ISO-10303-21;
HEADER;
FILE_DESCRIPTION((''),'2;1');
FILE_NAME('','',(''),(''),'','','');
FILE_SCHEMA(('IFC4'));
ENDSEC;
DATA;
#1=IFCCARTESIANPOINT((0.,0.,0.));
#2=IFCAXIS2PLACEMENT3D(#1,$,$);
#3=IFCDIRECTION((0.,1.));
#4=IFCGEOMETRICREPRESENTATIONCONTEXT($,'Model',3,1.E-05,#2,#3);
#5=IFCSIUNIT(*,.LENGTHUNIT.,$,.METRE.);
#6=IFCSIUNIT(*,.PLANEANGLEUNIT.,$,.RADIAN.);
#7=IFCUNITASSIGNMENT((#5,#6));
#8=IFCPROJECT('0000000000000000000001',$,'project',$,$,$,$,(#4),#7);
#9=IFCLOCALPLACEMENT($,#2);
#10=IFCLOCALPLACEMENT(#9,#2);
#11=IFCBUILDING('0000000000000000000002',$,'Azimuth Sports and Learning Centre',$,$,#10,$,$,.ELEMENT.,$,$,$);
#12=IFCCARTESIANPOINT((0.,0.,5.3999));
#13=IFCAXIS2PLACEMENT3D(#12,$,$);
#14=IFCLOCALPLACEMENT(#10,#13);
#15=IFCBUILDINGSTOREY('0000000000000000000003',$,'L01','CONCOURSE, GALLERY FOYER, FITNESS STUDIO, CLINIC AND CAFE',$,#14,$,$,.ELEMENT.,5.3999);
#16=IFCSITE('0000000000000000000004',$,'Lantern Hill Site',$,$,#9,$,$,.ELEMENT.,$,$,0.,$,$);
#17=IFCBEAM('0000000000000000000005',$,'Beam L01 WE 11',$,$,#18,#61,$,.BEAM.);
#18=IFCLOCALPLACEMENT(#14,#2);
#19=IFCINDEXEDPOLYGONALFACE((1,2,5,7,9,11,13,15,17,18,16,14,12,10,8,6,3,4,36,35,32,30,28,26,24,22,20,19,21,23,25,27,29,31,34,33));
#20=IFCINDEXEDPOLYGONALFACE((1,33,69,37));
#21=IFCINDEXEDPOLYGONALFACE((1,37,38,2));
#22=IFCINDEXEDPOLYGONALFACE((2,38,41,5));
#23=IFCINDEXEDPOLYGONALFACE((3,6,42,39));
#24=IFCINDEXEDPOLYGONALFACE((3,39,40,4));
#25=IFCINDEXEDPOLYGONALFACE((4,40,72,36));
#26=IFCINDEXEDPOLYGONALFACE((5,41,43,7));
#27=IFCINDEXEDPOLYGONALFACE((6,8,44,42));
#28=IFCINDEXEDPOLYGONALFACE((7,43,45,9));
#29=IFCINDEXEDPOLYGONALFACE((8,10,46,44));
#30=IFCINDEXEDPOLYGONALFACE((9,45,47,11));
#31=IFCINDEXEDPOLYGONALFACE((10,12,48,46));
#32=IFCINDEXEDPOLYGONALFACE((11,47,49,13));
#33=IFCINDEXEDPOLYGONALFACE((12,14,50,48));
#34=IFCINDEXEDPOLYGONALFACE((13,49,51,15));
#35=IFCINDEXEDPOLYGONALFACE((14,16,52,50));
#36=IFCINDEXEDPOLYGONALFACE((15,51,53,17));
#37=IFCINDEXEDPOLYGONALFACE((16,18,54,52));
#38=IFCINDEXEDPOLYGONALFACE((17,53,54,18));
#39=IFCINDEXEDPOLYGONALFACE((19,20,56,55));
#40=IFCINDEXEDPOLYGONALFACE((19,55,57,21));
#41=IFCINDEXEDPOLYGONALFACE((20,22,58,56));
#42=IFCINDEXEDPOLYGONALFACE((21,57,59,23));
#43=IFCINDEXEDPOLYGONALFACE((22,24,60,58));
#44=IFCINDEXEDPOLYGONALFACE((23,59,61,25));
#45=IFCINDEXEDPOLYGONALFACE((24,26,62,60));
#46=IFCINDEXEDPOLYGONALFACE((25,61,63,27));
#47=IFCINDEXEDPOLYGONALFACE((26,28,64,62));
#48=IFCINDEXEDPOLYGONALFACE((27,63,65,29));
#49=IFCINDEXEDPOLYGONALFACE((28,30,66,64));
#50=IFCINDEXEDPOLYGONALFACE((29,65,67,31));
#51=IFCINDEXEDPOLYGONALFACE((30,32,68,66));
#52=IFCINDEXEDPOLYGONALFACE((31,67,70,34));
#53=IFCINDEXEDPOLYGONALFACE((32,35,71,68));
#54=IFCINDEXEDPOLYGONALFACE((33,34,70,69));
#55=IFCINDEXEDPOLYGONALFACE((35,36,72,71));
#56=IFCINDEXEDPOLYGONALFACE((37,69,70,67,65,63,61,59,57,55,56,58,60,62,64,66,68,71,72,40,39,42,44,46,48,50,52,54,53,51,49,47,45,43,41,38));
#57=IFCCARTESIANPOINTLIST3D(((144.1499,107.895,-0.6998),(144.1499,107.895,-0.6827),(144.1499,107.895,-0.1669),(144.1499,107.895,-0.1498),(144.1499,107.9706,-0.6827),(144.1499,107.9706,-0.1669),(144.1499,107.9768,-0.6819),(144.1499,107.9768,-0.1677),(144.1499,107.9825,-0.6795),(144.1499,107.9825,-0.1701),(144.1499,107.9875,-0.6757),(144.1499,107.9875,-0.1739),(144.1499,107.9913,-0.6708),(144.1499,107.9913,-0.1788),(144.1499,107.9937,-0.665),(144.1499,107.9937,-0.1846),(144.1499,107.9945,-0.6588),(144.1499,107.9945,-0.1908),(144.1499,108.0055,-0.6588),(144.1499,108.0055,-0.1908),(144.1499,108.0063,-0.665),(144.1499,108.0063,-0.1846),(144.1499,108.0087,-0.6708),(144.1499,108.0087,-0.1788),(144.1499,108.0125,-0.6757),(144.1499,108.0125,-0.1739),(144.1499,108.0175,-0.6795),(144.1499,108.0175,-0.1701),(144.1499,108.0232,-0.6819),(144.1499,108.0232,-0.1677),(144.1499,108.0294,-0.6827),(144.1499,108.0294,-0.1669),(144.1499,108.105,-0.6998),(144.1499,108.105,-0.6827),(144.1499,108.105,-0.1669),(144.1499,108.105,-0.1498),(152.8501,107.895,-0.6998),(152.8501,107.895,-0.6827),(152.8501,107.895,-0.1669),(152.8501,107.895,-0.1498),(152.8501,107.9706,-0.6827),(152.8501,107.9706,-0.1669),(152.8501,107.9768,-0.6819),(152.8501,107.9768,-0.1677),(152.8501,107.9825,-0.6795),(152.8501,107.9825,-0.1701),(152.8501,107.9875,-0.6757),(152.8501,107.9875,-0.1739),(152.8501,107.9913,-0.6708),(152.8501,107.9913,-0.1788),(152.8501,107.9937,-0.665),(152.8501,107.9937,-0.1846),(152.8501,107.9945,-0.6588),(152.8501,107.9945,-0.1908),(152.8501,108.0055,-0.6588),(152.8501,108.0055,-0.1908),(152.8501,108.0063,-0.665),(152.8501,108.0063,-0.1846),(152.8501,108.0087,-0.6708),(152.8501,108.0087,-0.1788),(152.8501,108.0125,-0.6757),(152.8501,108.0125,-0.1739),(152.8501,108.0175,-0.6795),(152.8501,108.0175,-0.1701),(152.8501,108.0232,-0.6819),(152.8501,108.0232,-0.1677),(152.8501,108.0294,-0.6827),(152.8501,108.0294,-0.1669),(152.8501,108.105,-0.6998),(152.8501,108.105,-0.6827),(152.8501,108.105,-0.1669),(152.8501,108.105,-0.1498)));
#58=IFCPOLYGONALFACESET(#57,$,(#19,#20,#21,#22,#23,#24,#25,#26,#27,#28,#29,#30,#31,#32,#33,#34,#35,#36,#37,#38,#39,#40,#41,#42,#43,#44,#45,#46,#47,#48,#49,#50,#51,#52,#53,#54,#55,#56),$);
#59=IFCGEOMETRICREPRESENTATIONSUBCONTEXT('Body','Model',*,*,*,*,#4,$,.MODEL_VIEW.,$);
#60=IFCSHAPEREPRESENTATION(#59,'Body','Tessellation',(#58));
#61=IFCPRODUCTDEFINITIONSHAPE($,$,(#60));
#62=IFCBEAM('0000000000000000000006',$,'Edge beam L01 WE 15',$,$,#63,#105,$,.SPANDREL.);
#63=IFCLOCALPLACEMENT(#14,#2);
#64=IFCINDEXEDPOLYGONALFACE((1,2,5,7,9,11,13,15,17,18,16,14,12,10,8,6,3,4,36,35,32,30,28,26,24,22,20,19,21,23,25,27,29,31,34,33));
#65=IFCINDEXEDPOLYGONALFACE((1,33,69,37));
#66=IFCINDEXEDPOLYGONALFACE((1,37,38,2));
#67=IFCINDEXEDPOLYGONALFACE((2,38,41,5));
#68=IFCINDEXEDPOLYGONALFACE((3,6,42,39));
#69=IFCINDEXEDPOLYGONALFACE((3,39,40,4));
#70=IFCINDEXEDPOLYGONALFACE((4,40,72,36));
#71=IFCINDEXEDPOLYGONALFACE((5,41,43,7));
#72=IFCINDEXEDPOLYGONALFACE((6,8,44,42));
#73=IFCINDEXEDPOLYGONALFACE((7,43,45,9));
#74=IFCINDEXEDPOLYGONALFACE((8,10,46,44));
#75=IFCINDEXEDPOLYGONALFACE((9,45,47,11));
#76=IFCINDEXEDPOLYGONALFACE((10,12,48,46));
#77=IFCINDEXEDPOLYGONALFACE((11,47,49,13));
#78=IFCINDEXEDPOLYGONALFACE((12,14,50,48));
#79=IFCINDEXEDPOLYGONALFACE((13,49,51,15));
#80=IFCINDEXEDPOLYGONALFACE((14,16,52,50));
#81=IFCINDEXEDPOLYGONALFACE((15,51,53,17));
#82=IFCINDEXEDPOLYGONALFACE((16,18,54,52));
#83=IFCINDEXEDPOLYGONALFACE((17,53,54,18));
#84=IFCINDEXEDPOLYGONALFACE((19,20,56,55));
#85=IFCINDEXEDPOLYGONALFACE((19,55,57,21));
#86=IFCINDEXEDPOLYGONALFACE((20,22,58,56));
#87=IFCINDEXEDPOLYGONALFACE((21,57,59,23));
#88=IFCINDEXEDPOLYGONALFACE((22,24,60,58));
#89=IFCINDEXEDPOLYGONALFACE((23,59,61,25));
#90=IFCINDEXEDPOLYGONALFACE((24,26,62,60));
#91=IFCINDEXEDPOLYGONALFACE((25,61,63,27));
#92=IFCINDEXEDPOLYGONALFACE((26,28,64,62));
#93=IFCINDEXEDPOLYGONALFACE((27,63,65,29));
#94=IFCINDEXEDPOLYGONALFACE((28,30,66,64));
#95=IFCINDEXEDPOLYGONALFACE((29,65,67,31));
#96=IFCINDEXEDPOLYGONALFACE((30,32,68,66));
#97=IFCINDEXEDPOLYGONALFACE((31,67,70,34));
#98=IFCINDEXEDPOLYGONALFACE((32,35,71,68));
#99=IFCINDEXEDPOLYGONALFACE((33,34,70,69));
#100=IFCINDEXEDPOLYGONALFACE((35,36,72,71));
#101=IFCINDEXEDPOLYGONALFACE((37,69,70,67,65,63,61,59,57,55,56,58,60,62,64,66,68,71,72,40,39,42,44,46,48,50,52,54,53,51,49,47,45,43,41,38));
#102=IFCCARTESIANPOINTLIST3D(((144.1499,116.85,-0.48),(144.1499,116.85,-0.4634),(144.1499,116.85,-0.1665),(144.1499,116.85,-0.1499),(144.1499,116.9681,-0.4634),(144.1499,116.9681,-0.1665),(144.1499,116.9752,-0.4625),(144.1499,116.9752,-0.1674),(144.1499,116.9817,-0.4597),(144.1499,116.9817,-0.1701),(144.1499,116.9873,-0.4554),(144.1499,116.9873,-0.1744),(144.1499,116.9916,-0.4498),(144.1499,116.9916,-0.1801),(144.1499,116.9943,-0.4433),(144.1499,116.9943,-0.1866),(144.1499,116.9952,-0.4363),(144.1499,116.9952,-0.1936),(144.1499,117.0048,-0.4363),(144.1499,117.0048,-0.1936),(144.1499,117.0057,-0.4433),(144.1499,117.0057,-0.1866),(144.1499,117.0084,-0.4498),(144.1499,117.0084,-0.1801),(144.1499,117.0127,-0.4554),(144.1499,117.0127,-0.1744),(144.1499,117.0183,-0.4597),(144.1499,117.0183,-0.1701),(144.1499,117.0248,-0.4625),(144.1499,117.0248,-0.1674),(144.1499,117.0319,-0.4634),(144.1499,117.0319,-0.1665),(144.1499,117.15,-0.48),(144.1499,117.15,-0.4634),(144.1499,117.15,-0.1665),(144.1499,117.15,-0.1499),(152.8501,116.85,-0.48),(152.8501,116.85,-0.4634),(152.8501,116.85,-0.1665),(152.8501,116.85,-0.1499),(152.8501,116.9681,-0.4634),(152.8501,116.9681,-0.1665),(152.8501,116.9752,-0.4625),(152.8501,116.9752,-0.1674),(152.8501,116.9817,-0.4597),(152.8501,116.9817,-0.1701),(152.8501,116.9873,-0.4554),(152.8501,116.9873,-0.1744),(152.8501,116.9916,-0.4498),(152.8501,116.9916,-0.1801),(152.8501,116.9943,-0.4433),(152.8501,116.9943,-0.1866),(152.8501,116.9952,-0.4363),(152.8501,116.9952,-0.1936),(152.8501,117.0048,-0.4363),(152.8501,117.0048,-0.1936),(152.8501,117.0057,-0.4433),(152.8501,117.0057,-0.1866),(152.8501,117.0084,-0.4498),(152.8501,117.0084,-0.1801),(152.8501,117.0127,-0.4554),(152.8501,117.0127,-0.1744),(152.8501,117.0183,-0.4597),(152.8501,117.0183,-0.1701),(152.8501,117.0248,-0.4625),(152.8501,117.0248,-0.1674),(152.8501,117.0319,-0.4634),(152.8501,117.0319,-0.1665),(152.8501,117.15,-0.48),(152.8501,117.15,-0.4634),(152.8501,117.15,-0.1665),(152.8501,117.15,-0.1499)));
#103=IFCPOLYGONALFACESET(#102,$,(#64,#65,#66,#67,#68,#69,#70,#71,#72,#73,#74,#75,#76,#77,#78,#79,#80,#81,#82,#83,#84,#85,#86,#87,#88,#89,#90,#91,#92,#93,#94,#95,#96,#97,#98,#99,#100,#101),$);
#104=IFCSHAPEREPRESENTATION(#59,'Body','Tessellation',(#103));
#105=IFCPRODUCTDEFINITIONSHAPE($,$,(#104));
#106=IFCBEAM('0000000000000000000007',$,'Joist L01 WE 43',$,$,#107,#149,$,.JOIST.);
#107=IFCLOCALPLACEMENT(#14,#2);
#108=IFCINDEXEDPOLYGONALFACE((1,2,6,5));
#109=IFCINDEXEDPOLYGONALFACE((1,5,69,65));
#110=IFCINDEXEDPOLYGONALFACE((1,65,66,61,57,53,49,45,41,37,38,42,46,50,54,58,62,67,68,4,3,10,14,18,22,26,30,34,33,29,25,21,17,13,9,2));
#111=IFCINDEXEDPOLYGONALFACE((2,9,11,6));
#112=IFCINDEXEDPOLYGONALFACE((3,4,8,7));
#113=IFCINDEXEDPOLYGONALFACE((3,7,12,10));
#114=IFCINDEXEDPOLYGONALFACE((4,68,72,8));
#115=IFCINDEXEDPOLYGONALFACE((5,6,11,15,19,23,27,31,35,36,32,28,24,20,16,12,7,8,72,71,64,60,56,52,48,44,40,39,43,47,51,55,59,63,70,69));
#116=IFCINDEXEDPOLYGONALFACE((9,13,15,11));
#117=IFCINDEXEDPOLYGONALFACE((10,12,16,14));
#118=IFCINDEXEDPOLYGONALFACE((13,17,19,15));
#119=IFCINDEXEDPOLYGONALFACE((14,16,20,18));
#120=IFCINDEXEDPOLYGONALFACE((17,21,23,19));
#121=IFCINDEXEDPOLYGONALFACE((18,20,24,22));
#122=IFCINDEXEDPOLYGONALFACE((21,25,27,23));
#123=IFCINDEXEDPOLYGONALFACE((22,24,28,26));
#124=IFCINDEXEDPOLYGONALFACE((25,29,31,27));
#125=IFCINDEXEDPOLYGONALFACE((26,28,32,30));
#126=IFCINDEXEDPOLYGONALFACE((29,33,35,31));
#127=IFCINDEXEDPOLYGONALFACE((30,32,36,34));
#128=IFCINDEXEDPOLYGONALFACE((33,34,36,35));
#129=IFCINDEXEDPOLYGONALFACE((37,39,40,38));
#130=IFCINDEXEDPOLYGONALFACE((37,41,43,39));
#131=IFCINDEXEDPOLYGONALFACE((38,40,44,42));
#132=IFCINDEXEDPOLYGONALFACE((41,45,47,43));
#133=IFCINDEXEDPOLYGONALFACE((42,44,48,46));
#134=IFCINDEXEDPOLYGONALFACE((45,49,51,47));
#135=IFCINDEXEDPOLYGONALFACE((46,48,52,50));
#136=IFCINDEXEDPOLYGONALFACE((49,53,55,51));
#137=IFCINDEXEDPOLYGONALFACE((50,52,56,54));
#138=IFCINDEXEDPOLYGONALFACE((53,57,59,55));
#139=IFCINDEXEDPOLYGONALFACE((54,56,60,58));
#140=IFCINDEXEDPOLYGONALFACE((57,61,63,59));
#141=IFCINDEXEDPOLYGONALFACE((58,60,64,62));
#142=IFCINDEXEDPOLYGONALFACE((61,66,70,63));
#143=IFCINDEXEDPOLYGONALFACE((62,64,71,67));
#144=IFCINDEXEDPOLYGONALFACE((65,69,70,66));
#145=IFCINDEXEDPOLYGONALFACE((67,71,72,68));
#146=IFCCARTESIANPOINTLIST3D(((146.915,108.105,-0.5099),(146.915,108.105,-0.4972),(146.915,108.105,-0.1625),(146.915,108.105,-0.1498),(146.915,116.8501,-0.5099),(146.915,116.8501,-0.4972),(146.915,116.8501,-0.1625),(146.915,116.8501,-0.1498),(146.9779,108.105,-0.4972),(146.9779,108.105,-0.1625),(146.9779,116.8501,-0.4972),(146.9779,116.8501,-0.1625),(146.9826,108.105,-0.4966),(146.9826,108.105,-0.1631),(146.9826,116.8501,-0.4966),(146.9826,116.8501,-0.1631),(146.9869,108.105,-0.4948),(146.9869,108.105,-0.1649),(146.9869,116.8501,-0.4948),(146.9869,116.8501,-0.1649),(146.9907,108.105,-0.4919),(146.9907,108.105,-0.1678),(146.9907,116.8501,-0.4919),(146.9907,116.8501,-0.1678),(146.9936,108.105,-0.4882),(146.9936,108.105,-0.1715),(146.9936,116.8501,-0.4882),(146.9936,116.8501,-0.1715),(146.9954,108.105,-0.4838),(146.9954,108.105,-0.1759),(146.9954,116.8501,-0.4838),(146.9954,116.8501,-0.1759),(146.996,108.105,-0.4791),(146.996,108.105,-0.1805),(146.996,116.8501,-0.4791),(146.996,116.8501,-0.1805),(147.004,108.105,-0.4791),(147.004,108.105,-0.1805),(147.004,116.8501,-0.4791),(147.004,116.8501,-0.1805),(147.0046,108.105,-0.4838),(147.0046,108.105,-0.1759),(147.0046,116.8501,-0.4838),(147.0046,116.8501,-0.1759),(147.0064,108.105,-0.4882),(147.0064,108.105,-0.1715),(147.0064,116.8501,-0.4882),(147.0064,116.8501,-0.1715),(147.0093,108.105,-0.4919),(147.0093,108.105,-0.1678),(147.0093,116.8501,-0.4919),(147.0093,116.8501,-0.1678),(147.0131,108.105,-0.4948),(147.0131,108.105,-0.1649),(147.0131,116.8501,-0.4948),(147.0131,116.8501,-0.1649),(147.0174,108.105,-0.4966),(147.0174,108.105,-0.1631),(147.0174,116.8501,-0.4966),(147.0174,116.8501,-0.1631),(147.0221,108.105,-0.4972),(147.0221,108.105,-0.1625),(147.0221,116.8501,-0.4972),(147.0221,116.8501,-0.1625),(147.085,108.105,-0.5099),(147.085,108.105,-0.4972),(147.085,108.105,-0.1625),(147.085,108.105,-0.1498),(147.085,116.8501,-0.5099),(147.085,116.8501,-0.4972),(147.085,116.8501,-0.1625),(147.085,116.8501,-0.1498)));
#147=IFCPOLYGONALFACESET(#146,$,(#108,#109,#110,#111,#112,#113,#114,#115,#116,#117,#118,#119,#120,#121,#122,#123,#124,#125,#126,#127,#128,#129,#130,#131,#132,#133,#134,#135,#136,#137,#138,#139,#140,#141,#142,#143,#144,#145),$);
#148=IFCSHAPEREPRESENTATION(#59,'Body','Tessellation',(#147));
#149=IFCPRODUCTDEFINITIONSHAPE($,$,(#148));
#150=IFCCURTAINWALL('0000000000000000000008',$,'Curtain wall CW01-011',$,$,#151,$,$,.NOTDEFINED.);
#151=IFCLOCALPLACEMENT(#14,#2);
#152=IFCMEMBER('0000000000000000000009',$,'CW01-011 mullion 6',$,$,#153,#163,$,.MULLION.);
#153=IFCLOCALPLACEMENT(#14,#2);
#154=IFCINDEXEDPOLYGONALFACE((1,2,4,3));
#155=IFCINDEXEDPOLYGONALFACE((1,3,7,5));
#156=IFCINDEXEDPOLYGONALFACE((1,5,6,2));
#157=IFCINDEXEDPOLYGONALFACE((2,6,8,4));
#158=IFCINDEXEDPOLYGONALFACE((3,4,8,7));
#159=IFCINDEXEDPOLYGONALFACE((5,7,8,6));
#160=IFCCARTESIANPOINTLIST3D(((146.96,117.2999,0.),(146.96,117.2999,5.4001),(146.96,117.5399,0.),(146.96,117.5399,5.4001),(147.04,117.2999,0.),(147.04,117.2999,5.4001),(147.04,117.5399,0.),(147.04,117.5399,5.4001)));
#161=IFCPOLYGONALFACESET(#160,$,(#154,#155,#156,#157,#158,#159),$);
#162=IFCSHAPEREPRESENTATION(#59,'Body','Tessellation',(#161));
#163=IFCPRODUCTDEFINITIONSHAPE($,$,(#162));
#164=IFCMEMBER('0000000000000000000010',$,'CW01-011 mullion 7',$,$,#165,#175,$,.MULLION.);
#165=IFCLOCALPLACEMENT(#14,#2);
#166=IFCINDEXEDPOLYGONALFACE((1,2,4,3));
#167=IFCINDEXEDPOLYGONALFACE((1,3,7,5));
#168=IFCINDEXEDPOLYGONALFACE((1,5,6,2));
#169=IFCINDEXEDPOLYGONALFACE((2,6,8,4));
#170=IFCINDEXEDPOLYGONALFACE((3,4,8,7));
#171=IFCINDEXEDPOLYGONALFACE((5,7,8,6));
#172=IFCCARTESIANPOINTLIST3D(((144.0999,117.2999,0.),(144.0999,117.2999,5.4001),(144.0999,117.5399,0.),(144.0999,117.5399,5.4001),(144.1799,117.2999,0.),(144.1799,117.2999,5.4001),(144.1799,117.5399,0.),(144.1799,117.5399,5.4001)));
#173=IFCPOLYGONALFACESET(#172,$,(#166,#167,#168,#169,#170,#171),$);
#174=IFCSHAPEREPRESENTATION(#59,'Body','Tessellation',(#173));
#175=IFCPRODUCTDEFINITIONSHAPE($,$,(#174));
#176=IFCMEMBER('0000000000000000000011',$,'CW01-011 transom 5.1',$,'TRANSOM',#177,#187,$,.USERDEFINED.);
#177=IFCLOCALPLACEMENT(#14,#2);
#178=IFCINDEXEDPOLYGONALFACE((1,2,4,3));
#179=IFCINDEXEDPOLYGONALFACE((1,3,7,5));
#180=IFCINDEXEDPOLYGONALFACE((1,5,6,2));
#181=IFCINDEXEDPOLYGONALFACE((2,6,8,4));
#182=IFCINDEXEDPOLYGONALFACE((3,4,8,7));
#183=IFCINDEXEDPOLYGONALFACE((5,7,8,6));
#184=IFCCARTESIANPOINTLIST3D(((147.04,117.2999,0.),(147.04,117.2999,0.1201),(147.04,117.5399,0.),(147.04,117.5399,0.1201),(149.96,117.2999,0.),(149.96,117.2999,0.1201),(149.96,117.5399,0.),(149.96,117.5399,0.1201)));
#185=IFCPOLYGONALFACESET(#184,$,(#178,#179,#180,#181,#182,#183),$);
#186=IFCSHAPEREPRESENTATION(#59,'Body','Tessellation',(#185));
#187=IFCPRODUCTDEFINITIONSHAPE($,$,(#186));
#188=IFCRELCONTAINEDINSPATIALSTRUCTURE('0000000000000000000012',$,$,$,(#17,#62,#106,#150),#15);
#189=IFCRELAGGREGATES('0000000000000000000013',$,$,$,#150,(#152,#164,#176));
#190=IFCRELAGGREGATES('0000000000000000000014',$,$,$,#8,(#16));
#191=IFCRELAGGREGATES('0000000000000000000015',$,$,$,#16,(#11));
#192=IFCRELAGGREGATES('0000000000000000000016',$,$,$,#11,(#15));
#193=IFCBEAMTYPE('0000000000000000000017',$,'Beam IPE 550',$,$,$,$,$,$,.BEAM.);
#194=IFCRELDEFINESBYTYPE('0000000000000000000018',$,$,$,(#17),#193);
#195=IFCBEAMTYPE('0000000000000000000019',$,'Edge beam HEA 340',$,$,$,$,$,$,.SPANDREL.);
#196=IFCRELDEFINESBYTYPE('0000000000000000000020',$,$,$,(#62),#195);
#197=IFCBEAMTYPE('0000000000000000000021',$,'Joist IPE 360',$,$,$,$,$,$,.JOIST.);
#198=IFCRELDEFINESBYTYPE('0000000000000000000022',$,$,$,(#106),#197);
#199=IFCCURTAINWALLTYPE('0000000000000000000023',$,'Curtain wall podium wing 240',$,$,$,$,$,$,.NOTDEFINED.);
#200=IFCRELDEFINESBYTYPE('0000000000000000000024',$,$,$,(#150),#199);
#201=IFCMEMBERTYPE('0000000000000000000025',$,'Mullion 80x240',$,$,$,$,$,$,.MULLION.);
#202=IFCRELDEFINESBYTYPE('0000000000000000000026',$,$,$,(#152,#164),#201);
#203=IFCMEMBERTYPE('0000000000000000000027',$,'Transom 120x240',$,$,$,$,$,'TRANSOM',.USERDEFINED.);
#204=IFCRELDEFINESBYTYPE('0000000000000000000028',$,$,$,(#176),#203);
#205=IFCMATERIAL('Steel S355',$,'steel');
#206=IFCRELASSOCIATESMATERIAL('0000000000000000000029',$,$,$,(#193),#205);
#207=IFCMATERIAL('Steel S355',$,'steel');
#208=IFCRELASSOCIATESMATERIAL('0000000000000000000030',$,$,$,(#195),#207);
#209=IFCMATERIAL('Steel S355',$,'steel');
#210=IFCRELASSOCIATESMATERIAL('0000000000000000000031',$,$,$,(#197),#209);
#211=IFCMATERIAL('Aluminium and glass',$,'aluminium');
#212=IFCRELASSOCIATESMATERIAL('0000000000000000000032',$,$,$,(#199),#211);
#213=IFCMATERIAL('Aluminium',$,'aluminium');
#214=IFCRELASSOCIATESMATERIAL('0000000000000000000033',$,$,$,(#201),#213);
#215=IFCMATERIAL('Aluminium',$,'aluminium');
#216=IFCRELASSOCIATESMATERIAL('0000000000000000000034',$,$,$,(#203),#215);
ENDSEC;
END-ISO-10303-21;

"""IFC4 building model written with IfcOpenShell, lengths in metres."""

from ifc_helpers import new_model, si_unit, direction, frame, origin, origin_2d, place, context, subcontext, project, spatial, rectangle, i_section, extrude, material, material_profile, profile_set, type_object, element, aggregate, save


model = new_model("IFC4")

# Units and contexts
model_context = context("Model", 3, precision=1e-05, world=origin(), true_north=direction((0.0, 1.0)))
body_context = subcontext(model_context, "Body", "Model", "MODEL_VIEW")
ifc_project = project(units=[si_unit("LENGTHUNIT", "METRE"), si_unit("PLANEANGLEUNIT", "RADIAN")], contexts=[model_context])

# Site, building, storey
site_placement = place(None, origin())
site = spatial("IfcSite", under=ifc_project, at=site_placement, Name="Lantern Hill Site", CompositionType="ELEMENT", RefElevation=0.0)
building_placement = place(site_placement, origin())
building = spatial("IfcBuilding", under=site, at=building_placement, Name="Azimuth Sports and Learning Centre", CompositionType="ELEMENT")
storey_placement = place(building_placement, frame((0.0, 0.0, 5.3999)))
storey = spatial("IfcBuildingStorey", under=building, at=storey_placement, Name="L01", Description="CONCOURSE, GALLERY FOYER, FITNESS STUDIO, CLINIC AND CAFE", CompositionType="ELEMENT", Elevation=5.3999)

# Beams
ifc_material_1 = material(Name="Steel S355", Category="steel")
ifc_material_profile_1 = material_profile(ifc_material_1, i_section(OverallWidth=0.21, OverallDepth=0.55, WebThickness=0.011, FlangeThickness=0.0171, FilletRadius=0.0239, at=origin_2d()), Name="IPE 550")
ifc_profile_set_1 = profile_set([ifc_material_profile_1], Name="Steel S355")
beam_type_1 = type_object("IfcBeamType", Name="Beam IPE 550", PredefinedType="BEAM", material=ifc_profile_set_1)
beam_1_placement = place(storey_placement, frame((144.1499, 108.0, -0.4248), z_axis=(1.0, 0.0, 0.0), x_axis=(0.0, 1.0, 0.0)))
element("IfcBeam", 1, at=beam_1_placement, inside=storey, type_object=beam_type_1, Name="Beam L01 WE 11", PredefinedType="BEAM", context=body_context, shape_type="SweptSolid", body=[
    extrude(i_section(OverallWidth=0.21, OverallDepth=0.55, WebThickness=0.011, FlangeThickness=0.0171, FilletRadius=0.0239, at=origin_2d()), origin(), (0.0, 0.0, 1.0), 8.7002),
])
ifc_material_2 = material(Name="Steel S355", Category="steel")
ifc_material_profile_2 = material_profile(ifc_material_2, i_section(OverallWidth=0.3, OverallDepth=0.3301, WebThickness=0.0095, FlangeThickness=0.0166, FilletRadius=0.0271, at=origin_2d()), Name="HEA 340")
ifc_profile_set_2 = profile_set([ifc_material_profile_2], Name="Steel S355")
beam_type_2 = type_object("IfcBeamType", Name="Edge beam HEA 340", PredefinedType="SPANDREL", material=ifc_profile_set_2)
beam_2_placement = place(storey_placement, frame((144.1499, 117.0, -0.3149), z_axis=(1.0, 0.0, 0.0), x_axis=(0.0, 1.0, 0.0)))
element("IfcBeam", 2, at=beam_2_placement, inside=storey, type_object=beam_type_2, Name="Edge beam L01 WE 15", PredefinedType="SPANDREL", context=body_context, shape_type="SweptSolid", body=[
    extrude(i_section(OverallWidth=0.3, OverallDepth=0.3301, WebThickness=0.0095, FlangeThickness=0.0166, FilletRadius=0.0271, at=origin_2d()), origin(), (0.0, 0.0, 1.0), 8.7002),
])
ifc_material_3 = material(Name="Steel S355", Category="steel")
ifc_material_profile_3 = material_profile(ifc_material_3, i_section(OverallWidth=0.1699, OverallDepth=0.3601, WebThickness=0.0081, FlangeThickness=0.0127, FilletRadius=0.0181, at=origin_2d()), Name="IPE 360")
ifc_profile_set_3 = profile_set([ifc_material_profile_3], Name="Steel S355")
beam_type_3 = type_object("IfcBeamType", Name="Joist IPE 360", PredefinedType="JOIST", material=ifc_profile_set_3)
beam_3_placement = place(storey_placement, frame((147.0, 108.105, -0.3298), z_axis=(0.0, 1.0, 0.0), x_axis=(-1.0, 0.0, 0.0)))
element("IfcBeam", 3, at=beam_3_placement, inside=storey, type_object=beam_type_3, Name="Joist L01 WE 43", PredefinedType="JOIST", context=body_context, shape_type="SweptSolid", body=[
    extrude(i_section(OverallWidth=0.1699, OverallDepth=0.3601, WebThickness=0.0081, FlangeThickness=0.0127, FilletRadius=0.0181, at=origin_2d()), origin(), (0.0, 0.0, 1.0), 8.7451),
])

# Curtain wall, members
ifc_material_4 = material(Name="Aluminium and glass", Category="aluminium")
curtain_wall_type = type_object("IfcCurtainWallType", Name="Curtain wall podium wing 240", PredefinedType="NOTDEFINED", material=ifc_material_4)
curtain_wall_placement = place(storey_placement, origin())
curtain_wall = element("IfcCurtainWall", 4, at=curtain_wall_placement, inside=storey, type_object=curtain_wall_type, Name="Curtain wall CW01-011", PredefinedType="NOTDEFINED")
ifc_material_5 = material(Name="Aluminium", Category="aluminium")
ifc_material_profile_4 = material_profile(ifc_material_5, rectangle(XDim=0.24, YDim=0.0801, at=origin_2d()), Name="Mullion 80x240")
ifc_profile_set_4 = profile_set([ifc_material_profile_4], Name="Aluminium")
member_type_1 = type_object("IfcMemberType", Name="Mullion 80x240", PredefinedType="MULLION", material=ifc_profile_set_4)
member_1_placement = place(storey_placement, frame((147.0, 117.4199, 0.0), z_axis=(0.0, 0.0, 1.0), x_axis=(0.0, -1.0, 0.0)))
member_1 = element("IfcMember", 5, at=member_1_placement, type_object=member_type_1, Name="CW01-011 mullion 6", PredefinedType="MULLION", context=body_context, shape_type="SweptSolid", body=[
    extrude(rectangle(XDim=0.24, YDim=0.0801, at=origin_2d()), origin(), (0.0, 0.0, 1.0), 5.4001),
])
member_2_placement = place(storey_placement, frame((144.1399, 117.4199, 0.0), z_axis=(0.0, 0.0, 1.0), x_axis=(0.0, -1.0, 0.0)))
member_2 = element("IfcMember", 6, at=member_2_placement, type_object=member_type_1, Name="CW01-011 mullion 7", PredefinedType="MULLION", context=body_context, shape_type="SweptSolid", body=[
    extrude(rectangle(XDim=0.24, YDim=0.0801, at=origin_2d()), origin(), (0.0, 0.0, 1.0), 5.4001),
])
ifc_material_6 = material(Name="Aluminium", Category="aluminium")
ifc_material_profile_5 = material_profile(ifc_material_6, rectangle(XDim=0.24, YDim=0.1201, at=origin_2d()), Name="Transom 120x240")
ifc_profile_set_5 = profile_set([ifc_material_profile_5], Name="Aluminium")
member_type_2 = type_object("IfcMemberType", Name="Transom 120x240", ElementType="TRANSOM", PredefinedType="USERDEFINED", material=ifc_profile_set_5)
member_3_placement = place(storey_placement, frame((149.96, 117.4199, 0.0601), z_axis=(-1.0, 0.0, 0.0), x_axis=(0.0, -1.0, 0.0)))
member_3 = element("IfcMember", 7, at=member_3_placement, type_object=member_type_2, Name="CW01-011 transom 5.1", ObjectType="TRANSOM", PredefinedType="USERDEFINED", context=body_context, shape_type="SweptSolid", body=[
    extrude(rectangle(XDim=0.24, YDim=0.1201, at=origin_2d()), origin(), (0.0, 0.0, 1.0), 2.9199),
])
aggregate(curtain_wall, [member_1, member_2, member_3])

save(model, "model.ifc")
